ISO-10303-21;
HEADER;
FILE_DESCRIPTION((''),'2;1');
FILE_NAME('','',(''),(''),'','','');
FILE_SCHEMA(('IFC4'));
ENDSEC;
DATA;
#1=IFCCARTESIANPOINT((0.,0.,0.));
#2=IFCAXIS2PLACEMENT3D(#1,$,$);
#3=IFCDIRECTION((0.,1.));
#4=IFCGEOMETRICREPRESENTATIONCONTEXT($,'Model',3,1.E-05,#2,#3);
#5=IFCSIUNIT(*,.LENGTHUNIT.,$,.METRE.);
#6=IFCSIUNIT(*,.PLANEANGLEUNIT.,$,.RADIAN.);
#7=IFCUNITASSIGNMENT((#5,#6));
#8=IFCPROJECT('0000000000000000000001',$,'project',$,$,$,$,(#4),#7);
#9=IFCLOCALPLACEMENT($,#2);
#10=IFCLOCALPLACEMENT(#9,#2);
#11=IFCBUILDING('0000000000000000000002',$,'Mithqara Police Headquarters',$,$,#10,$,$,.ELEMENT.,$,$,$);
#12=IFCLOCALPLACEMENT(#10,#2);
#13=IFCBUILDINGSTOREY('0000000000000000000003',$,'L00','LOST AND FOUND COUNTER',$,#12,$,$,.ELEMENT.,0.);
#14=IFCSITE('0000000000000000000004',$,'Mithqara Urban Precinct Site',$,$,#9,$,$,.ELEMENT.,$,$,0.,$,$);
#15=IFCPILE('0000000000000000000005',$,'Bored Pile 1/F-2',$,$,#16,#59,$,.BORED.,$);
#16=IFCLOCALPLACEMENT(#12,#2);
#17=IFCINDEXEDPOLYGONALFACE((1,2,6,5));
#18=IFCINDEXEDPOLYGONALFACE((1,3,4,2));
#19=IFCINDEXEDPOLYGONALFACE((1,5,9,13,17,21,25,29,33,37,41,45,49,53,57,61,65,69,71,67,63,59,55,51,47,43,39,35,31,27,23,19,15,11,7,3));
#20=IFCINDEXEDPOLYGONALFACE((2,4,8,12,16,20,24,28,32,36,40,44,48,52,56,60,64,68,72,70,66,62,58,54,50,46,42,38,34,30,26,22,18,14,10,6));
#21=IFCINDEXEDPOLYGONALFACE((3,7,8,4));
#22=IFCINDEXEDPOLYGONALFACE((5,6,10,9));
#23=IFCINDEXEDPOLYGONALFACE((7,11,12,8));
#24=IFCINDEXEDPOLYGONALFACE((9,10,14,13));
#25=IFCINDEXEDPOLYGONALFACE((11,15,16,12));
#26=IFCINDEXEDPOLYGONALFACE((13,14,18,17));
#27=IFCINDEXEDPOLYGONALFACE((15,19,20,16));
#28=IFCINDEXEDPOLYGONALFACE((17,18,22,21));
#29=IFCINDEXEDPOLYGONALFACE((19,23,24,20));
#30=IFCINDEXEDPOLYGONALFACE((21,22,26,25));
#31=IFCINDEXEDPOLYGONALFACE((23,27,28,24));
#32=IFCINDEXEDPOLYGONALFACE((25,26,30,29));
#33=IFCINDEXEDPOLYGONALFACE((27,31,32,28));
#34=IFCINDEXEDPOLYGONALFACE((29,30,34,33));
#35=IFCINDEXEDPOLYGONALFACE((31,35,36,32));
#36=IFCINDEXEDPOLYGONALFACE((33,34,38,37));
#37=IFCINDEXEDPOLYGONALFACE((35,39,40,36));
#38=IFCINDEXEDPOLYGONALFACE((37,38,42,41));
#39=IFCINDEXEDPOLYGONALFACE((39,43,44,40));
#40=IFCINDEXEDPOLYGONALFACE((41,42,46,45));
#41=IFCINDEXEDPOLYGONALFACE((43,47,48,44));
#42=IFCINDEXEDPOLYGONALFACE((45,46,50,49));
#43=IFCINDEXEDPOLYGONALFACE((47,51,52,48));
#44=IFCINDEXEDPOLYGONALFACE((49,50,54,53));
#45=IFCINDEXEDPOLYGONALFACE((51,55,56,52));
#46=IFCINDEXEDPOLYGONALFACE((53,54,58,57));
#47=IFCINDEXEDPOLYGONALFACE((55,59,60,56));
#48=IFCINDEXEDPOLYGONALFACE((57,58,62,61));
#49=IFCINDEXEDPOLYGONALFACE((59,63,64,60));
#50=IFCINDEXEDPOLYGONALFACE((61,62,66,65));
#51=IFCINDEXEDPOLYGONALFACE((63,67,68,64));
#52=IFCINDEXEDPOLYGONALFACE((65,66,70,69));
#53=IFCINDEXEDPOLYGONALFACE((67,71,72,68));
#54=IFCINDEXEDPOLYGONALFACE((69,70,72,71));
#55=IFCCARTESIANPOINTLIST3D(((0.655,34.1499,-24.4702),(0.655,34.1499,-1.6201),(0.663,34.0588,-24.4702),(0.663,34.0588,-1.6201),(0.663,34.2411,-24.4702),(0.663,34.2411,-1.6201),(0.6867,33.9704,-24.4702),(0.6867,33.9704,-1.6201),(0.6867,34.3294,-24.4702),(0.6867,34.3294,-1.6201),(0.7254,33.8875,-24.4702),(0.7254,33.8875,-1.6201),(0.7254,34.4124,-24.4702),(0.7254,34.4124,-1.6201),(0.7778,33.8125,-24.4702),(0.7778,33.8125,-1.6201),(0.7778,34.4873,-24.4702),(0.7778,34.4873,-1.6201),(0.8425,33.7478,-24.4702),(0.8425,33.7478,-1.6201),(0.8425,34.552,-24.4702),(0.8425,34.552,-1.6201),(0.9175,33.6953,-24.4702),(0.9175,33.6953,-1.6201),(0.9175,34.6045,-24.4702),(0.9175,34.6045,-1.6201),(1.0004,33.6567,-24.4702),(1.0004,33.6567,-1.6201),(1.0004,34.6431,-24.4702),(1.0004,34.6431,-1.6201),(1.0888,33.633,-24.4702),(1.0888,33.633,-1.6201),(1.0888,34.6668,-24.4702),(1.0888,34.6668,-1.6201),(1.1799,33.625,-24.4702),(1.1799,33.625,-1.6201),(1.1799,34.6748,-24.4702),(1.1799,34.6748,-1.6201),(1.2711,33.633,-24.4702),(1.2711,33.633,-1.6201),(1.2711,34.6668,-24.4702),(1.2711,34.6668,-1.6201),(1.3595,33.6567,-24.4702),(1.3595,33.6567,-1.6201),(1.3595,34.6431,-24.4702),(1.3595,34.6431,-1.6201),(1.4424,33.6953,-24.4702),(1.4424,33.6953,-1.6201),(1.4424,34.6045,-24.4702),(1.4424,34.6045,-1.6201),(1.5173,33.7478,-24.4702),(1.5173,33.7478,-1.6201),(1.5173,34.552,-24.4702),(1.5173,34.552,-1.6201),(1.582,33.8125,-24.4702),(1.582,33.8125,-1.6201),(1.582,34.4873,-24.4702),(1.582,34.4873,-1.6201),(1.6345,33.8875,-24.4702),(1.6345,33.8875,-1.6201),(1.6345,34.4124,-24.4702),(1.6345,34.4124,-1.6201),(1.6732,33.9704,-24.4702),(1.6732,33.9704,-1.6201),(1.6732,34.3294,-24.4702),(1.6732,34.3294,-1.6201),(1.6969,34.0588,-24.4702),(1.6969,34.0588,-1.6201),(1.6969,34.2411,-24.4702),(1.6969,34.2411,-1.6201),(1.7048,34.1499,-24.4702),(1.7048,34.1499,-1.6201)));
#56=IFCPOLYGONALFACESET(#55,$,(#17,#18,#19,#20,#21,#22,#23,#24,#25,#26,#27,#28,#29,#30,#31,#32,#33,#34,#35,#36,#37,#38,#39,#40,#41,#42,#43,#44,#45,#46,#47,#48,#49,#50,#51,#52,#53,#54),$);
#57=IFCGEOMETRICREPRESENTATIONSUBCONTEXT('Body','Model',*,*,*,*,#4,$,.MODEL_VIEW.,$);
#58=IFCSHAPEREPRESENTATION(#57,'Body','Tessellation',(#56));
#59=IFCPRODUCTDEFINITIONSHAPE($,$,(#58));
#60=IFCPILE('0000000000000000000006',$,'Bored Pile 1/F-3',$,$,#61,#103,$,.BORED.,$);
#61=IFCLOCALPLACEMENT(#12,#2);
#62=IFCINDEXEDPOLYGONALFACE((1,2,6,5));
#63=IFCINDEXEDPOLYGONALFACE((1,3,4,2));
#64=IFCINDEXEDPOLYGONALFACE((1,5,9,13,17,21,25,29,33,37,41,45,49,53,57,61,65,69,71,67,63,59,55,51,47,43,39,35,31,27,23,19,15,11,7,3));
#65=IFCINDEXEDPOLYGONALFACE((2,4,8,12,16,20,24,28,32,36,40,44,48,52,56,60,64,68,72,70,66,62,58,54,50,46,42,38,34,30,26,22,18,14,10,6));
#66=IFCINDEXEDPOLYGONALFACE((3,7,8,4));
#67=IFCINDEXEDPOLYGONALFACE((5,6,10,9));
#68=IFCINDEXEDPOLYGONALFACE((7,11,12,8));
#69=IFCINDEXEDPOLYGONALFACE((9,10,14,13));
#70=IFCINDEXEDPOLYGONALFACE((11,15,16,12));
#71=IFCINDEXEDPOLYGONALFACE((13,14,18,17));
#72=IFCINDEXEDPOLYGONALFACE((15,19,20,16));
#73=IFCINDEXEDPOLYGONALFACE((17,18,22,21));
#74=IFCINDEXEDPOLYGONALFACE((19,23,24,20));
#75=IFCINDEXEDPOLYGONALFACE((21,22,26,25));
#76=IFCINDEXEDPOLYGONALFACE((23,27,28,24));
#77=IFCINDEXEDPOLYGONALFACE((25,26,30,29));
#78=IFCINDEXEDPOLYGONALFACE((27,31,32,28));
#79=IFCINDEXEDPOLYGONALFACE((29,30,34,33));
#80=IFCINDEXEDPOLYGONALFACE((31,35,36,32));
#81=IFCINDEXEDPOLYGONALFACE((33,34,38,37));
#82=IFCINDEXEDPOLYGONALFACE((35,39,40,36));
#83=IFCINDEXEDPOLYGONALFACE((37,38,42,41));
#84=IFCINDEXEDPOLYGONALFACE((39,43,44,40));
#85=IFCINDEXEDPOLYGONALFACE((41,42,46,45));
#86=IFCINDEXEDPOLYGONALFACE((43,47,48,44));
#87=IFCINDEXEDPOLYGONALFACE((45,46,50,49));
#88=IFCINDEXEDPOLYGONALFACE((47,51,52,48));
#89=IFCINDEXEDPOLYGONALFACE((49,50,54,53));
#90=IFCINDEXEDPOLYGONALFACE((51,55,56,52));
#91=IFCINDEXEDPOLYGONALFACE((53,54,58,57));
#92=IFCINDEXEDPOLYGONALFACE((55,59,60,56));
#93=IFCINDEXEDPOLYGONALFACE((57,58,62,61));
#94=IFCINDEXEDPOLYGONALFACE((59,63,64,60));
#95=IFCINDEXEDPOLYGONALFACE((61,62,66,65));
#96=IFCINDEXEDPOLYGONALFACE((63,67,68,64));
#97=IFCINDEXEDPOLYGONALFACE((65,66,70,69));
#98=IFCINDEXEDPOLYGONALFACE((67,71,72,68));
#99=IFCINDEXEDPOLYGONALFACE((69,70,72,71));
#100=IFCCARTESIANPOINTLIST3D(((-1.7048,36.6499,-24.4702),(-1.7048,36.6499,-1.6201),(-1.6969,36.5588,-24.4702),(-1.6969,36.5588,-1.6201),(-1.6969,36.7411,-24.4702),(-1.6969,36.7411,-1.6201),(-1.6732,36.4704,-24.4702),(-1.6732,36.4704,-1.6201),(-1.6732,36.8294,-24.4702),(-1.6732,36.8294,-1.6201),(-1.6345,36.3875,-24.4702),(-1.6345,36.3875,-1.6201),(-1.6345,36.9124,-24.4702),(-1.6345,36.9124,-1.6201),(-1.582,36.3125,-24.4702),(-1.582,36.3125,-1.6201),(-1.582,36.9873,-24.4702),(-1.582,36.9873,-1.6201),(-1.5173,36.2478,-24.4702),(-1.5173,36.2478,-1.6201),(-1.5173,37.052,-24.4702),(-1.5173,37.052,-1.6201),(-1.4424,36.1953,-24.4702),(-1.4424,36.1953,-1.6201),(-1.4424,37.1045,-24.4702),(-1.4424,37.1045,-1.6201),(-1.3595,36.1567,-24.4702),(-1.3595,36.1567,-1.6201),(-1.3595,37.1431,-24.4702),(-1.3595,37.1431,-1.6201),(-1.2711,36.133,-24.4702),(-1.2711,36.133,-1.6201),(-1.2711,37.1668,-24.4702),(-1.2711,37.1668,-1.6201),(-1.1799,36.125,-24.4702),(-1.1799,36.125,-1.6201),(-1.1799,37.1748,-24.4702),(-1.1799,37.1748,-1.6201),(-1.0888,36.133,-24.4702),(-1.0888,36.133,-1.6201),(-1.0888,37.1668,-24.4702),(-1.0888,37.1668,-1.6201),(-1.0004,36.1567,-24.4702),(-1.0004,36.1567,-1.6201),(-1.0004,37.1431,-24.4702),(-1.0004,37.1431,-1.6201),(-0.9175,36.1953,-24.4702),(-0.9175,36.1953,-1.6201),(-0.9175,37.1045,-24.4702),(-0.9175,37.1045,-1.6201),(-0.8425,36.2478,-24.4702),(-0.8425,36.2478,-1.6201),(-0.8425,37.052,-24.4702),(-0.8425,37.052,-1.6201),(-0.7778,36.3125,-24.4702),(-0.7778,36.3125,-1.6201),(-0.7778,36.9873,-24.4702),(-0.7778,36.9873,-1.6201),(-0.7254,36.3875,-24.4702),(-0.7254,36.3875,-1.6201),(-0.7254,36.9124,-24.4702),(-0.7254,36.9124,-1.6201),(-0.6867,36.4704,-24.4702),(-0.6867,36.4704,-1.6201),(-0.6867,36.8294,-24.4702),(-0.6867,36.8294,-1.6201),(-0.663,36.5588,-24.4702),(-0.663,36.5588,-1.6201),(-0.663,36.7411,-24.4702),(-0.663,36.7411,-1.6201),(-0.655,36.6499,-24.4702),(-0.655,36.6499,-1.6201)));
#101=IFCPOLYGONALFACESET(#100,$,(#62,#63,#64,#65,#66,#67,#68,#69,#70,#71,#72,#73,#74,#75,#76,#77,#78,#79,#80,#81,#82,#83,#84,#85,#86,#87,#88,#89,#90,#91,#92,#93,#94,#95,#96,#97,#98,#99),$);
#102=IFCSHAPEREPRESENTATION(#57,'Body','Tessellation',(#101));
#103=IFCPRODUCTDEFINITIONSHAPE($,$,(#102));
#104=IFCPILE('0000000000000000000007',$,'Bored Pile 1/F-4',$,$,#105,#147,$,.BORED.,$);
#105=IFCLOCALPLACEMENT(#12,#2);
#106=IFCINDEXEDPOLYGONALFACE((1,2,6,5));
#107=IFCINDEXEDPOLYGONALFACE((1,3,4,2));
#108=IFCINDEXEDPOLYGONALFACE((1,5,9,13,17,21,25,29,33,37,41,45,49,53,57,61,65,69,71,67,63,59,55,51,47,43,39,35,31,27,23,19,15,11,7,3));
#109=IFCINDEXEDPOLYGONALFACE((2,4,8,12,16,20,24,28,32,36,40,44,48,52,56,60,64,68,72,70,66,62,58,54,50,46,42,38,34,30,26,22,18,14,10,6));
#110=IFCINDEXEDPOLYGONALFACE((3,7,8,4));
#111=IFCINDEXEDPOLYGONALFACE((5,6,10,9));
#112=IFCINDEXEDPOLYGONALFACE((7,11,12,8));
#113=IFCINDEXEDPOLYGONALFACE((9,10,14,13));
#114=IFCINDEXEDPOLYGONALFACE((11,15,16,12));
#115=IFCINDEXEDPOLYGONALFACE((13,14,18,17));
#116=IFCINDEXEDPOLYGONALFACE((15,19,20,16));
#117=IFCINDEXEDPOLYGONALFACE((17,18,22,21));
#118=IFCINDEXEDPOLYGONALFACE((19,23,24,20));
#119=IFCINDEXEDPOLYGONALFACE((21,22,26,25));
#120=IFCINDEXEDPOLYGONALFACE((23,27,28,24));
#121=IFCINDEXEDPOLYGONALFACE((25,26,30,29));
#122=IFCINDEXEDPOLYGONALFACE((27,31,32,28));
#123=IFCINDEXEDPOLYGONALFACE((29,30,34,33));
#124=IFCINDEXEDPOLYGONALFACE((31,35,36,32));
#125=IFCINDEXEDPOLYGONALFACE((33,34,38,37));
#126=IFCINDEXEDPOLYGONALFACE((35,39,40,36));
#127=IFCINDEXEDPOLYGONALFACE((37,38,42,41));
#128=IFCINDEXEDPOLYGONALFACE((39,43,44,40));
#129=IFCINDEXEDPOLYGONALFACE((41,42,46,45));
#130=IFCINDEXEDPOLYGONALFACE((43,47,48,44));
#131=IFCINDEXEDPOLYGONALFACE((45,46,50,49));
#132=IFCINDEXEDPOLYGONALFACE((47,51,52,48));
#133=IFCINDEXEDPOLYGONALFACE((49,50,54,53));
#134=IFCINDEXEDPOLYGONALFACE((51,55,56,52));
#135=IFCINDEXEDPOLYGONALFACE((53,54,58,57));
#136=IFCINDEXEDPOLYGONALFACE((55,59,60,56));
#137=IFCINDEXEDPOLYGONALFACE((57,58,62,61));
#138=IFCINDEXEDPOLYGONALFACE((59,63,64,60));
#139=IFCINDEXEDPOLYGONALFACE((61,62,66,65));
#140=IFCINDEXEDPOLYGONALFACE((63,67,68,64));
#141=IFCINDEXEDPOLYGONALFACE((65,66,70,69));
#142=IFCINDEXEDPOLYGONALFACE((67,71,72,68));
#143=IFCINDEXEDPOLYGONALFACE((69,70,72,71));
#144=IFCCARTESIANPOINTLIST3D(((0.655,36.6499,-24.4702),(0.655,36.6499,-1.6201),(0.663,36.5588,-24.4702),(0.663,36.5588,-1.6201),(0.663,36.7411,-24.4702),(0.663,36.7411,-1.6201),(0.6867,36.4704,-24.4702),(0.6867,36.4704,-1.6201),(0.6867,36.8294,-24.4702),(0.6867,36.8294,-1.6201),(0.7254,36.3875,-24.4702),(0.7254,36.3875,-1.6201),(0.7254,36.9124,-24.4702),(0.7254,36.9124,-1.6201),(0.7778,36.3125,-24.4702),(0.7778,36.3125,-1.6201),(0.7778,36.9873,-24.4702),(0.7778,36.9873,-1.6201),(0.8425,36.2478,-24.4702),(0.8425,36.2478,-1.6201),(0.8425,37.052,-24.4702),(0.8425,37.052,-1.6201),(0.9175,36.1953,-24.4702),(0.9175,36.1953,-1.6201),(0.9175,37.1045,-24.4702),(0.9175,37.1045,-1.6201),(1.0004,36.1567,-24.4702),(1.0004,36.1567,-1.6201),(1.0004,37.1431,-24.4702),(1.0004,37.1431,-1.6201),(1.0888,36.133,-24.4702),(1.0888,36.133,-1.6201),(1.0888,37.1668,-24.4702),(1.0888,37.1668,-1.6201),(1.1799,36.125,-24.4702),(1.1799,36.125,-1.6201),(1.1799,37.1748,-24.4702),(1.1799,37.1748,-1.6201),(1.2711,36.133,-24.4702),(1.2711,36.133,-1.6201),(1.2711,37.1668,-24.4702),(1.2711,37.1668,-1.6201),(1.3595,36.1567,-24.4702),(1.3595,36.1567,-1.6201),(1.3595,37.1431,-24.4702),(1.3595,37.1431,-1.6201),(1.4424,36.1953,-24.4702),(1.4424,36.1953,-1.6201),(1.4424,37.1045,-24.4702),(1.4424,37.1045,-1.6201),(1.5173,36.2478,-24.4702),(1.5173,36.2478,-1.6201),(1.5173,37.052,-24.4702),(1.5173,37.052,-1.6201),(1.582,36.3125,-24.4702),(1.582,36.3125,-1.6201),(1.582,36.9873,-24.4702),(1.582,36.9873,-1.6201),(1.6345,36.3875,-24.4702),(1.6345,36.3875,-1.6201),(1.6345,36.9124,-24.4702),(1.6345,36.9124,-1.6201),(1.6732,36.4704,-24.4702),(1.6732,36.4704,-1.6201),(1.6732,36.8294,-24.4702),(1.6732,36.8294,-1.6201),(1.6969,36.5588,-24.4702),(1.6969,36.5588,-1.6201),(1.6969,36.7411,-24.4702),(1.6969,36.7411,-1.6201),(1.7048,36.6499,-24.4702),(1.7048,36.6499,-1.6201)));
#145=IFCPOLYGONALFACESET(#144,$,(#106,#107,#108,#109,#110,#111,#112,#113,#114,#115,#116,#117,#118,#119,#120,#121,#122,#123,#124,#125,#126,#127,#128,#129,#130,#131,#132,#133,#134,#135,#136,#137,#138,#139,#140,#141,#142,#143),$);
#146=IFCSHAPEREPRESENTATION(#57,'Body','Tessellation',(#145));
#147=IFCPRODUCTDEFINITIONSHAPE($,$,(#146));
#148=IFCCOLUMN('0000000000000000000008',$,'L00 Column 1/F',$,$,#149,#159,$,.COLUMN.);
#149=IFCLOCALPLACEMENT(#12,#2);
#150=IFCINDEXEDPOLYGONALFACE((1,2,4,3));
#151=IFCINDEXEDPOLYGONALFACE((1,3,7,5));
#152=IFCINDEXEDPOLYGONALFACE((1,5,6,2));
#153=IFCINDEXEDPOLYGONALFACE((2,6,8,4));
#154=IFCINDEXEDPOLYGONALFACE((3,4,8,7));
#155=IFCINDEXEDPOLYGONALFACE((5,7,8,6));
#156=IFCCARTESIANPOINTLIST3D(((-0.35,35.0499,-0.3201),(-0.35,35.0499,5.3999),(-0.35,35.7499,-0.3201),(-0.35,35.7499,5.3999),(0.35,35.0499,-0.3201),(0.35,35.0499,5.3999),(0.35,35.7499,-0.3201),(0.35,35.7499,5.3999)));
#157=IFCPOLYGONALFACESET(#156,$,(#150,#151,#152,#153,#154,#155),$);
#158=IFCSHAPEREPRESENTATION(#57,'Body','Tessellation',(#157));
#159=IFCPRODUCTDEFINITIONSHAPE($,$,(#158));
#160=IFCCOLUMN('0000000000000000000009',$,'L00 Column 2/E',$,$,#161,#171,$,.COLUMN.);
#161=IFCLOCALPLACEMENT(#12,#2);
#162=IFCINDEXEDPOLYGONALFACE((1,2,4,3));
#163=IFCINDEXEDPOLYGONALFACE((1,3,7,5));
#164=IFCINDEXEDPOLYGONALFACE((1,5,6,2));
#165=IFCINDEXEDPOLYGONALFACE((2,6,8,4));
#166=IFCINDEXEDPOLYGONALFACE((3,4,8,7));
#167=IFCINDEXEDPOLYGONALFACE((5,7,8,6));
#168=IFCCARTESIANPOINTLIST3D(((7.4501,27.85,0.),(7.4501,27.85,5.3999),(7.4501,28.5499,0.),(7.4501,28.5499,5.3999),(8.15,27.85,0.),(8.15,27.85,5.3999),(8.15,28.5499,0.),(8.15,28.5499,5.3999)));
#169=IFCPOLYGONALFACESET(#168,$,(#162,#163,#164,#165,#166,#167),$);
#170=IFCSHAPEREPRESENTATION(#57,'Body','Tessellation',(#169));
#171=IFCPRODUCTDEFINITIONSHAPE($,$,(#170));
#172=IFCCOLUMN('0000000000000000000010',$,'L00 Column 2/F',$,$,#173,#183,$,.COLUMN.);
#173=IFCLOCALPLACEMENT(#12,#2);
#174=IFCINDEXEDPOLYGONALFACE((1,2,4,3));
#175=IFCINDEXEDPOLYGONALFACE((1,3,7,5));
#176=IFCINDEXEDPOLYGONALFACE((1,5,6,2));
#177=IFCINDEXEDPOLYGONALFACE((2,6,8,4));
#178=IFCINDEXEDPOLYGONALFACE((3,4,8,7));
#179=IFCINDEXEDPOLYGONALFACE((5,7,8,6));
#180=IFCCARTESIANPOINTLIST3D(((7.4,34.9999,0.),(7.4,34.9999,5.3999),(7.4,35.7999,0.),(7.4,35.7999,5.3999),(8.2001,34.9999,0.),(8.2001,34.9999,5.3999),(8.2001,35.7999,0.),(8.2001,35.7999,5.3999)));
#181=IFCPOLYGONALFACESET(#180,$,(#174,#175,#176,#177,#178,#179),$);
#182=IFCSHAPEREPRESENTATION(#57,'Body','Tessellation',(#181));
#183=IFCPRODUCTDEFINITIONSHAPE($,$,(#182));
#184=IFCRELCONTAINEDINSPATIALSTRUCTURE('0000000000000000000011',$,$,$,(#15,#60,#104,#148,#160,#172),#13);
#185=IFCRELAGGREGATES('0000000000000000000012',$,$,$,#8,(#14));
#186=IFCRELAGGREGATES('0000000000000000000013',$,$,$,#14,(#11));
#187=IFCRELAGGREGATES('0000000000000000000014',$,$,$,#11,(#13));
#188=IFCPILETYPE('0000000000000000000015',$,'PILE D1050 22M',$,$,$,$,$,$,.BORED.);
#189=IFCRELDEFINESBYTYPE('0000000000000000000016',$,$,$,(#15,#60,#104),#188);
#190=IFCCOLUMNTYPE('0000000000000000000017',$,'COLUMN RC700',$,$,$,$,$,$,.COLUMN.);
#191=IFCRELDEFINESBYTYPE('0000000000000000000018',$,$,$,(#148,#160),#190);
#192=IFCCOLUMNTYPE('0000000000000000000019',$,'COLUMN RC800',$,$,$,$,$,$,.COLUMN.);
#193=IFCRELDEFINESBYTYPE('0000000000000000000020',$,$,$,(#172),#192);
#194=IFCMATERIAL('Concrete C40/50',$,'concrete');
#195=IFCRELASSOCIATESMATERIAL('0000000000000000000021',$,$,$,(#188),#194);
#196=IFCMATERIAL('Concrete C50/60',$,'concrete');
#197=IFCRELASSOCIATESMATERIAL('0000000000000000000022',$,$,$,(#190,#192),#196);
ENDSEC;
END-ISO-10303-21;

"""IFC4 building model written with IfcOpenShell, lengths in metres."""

from ifc_helpers import new_model, si_unit, direction, frame, origin, origin_2d, place, context, subcontext, project, spatial, rectangle, circle, extrude, material, material_profile, profile_set, type_object, element, save


model = new_model("IFC4")

# Units and contexts
model_context = context("Model", 3, precision=1e-05, world=origin(), true_north=direction((0.0, 1.0)))
body_context = subcontext(model_context, "Body", "Model", "MODEL_VIEW")
ifc_project = project(units=[si_unit("LENGTHUNIT", "METRE"), si_unit("PLANEANGLEUNIT", "RADIAN")], contexts=[model_context])

# Site, building, storey
site_placement = place(None, origin())
site = spatial("IfcSite", under=ifc_project, at=site_placement, Name="Mithqara Urban Precinct Site", CompositionType="ELEMENT", RefElevation=0.0)
building_placement = place(site_placement, origin())
building = spatial("IfcBuilding", under=site, at=building_placement, Name="Mithqara Police Headquarters", CompositionType="ELEMENT")
storey_placement = place(building_placement, origin())
storey = spatial("IfcBuildingStorey", under=building, at=storey_placement, Name="L00", Description="LOST AND FOUND COUNTER", CompositionType="ELEMENT", Elevation=0.0)

# Shared definitions
ifc_material_1 = material(Name="Concrete C40/50", Category="concrete")

# Piles
ifc_material_profile_1 = material_profile(ifc_material_1, circle(Radius=0.5249, at=origin_2d()), Name="PILE D1050")
ifc_profile_set_1 = profile_set([ifc_material_profile_1], Name="Concrete C40/50")
pile_type = type_object("IfcPileType", Name="PILE D1050 22M", PredefinedType="BORED", material=ifc_profile_set_1)
for number, where, z_axis, x_axis, name in (
    (1, (1.1799, 34.1499, -1.6201), (0.0, 0.0, -1.0), (1.0, 0.0, 0.0), "Bored Pile 1/F-2"),
    (2, (-1.1799, 36.6499, -1.6201), (0.0, 0.0, -1.0), (1.0, 0.0, 0.0), "Bored Pile 1/F-3"),
    (3, (1.1799, 36.6499, -1.6201), (0.0, 0.0, -1.0), (1.0, 0.0, 0.0), "Bored Pile 1/F-4"),
):
    element("IfcPile", number, at=place(storey_placement, frame(where, z_axis=z_axis, x_axis=x_axis)), inside=storey, type_object=pile_type, Name=name, PredefinedType="BORED", context=body_context, shape_type="SweptSolid", body=[
        extrude(circle(Radius=0.5249, at=origin_2d()), origin(), (0.0, 0.0, 1.0), 22.8501),
    ])

# Columns
ifc_material_2 = material(Name="Concrete C50/60", Category="concrete")
ifc_material_profile_2 = material_profile(ifc_material_2, rectangle(XDim=0.7, YDim=0.7, at=origin_2d()), Name="RC 700x700")
ifc_profile_set_2 = profile_set([ifc_material_profile_2], Name="Concrete C50/60")
column_type_1 = type_object("IfcColumnType", Name="COLUMN RC700", PredefinedType="COLUMN", material=ifc_profile_set_2)
column_1_placement = place(storey_placement, frame((0.0, 35.3999, -0.3201), z_axis=(0.0, 0.0, 1.0), x_axis=(1.0, 0.0, 0.0)))
element("IfcColumn", 4, at=column_1_placement, inside=storey, type_object=column_type_1, Name="L00 Column 1/F", PredefinedType="COLUMN", context=body_context, shape_type="SweptSolid", body=[
    extrude(rectangle(XDim=0.7, YDim=0.7, at=origin_2d()), origin(), (0.0, 0.0, 1.0), 5.72),
])
column_2_placement = place(storey_placement, frame((7.8, 28.2, 0.0), z_axis=(0.0, 0.0, 1.0), x_axis=(1.0, 0.0, 0.0)))
element("IfcColumn", 5, at=column_2_placement, inside=storey, type_object=column_type_1, Name="L00 Column 2/E", PredefinedType="COLUMN", context=body_context, shape_type="SweptSolid", body=[
    extrude(rectangle(XDim=0.7, YDim=0.7, at=origin_2d()), origin(), (0.0, 0.0, 1.0), 5.3999),
])
ifc_material_profile_3 = material_profile(ifc_material_2, rectangle(XDim=0.8, YDim=0.8, at=origin_2d()), Name="RC 800x800")
ifc_profile_set_3 = profile_set([ifc_material_profile_3], Name="Concrete C50/60")
column_type_2 = type_object("IfcColumnType", Name="COLUMN RC800", PredefinedType="COLUMN", material=ifc_profile_set_3)
column_3_placement = place(storey_placement, frame((7.8, 35.3999, 0.0), z_axis=(0.0, 0.0, 1.0), x_axis=(1.0, 0.0, 0.0)))
element("IfcColumn", 6, at=column_3_placement, inside=storey, type_object=column_type_2, Name="L00 Column 2/F", PredefinedType="COLUMN", context=body_context, shape_type="SweptSolid", body=[
    extrude(rectangle(XDim=0.8, YDim=0.8, at=origin_2d()), origin(), (0.0, 0.0, 1.0), 5.3999),
])

save(model, "model.ifc")
